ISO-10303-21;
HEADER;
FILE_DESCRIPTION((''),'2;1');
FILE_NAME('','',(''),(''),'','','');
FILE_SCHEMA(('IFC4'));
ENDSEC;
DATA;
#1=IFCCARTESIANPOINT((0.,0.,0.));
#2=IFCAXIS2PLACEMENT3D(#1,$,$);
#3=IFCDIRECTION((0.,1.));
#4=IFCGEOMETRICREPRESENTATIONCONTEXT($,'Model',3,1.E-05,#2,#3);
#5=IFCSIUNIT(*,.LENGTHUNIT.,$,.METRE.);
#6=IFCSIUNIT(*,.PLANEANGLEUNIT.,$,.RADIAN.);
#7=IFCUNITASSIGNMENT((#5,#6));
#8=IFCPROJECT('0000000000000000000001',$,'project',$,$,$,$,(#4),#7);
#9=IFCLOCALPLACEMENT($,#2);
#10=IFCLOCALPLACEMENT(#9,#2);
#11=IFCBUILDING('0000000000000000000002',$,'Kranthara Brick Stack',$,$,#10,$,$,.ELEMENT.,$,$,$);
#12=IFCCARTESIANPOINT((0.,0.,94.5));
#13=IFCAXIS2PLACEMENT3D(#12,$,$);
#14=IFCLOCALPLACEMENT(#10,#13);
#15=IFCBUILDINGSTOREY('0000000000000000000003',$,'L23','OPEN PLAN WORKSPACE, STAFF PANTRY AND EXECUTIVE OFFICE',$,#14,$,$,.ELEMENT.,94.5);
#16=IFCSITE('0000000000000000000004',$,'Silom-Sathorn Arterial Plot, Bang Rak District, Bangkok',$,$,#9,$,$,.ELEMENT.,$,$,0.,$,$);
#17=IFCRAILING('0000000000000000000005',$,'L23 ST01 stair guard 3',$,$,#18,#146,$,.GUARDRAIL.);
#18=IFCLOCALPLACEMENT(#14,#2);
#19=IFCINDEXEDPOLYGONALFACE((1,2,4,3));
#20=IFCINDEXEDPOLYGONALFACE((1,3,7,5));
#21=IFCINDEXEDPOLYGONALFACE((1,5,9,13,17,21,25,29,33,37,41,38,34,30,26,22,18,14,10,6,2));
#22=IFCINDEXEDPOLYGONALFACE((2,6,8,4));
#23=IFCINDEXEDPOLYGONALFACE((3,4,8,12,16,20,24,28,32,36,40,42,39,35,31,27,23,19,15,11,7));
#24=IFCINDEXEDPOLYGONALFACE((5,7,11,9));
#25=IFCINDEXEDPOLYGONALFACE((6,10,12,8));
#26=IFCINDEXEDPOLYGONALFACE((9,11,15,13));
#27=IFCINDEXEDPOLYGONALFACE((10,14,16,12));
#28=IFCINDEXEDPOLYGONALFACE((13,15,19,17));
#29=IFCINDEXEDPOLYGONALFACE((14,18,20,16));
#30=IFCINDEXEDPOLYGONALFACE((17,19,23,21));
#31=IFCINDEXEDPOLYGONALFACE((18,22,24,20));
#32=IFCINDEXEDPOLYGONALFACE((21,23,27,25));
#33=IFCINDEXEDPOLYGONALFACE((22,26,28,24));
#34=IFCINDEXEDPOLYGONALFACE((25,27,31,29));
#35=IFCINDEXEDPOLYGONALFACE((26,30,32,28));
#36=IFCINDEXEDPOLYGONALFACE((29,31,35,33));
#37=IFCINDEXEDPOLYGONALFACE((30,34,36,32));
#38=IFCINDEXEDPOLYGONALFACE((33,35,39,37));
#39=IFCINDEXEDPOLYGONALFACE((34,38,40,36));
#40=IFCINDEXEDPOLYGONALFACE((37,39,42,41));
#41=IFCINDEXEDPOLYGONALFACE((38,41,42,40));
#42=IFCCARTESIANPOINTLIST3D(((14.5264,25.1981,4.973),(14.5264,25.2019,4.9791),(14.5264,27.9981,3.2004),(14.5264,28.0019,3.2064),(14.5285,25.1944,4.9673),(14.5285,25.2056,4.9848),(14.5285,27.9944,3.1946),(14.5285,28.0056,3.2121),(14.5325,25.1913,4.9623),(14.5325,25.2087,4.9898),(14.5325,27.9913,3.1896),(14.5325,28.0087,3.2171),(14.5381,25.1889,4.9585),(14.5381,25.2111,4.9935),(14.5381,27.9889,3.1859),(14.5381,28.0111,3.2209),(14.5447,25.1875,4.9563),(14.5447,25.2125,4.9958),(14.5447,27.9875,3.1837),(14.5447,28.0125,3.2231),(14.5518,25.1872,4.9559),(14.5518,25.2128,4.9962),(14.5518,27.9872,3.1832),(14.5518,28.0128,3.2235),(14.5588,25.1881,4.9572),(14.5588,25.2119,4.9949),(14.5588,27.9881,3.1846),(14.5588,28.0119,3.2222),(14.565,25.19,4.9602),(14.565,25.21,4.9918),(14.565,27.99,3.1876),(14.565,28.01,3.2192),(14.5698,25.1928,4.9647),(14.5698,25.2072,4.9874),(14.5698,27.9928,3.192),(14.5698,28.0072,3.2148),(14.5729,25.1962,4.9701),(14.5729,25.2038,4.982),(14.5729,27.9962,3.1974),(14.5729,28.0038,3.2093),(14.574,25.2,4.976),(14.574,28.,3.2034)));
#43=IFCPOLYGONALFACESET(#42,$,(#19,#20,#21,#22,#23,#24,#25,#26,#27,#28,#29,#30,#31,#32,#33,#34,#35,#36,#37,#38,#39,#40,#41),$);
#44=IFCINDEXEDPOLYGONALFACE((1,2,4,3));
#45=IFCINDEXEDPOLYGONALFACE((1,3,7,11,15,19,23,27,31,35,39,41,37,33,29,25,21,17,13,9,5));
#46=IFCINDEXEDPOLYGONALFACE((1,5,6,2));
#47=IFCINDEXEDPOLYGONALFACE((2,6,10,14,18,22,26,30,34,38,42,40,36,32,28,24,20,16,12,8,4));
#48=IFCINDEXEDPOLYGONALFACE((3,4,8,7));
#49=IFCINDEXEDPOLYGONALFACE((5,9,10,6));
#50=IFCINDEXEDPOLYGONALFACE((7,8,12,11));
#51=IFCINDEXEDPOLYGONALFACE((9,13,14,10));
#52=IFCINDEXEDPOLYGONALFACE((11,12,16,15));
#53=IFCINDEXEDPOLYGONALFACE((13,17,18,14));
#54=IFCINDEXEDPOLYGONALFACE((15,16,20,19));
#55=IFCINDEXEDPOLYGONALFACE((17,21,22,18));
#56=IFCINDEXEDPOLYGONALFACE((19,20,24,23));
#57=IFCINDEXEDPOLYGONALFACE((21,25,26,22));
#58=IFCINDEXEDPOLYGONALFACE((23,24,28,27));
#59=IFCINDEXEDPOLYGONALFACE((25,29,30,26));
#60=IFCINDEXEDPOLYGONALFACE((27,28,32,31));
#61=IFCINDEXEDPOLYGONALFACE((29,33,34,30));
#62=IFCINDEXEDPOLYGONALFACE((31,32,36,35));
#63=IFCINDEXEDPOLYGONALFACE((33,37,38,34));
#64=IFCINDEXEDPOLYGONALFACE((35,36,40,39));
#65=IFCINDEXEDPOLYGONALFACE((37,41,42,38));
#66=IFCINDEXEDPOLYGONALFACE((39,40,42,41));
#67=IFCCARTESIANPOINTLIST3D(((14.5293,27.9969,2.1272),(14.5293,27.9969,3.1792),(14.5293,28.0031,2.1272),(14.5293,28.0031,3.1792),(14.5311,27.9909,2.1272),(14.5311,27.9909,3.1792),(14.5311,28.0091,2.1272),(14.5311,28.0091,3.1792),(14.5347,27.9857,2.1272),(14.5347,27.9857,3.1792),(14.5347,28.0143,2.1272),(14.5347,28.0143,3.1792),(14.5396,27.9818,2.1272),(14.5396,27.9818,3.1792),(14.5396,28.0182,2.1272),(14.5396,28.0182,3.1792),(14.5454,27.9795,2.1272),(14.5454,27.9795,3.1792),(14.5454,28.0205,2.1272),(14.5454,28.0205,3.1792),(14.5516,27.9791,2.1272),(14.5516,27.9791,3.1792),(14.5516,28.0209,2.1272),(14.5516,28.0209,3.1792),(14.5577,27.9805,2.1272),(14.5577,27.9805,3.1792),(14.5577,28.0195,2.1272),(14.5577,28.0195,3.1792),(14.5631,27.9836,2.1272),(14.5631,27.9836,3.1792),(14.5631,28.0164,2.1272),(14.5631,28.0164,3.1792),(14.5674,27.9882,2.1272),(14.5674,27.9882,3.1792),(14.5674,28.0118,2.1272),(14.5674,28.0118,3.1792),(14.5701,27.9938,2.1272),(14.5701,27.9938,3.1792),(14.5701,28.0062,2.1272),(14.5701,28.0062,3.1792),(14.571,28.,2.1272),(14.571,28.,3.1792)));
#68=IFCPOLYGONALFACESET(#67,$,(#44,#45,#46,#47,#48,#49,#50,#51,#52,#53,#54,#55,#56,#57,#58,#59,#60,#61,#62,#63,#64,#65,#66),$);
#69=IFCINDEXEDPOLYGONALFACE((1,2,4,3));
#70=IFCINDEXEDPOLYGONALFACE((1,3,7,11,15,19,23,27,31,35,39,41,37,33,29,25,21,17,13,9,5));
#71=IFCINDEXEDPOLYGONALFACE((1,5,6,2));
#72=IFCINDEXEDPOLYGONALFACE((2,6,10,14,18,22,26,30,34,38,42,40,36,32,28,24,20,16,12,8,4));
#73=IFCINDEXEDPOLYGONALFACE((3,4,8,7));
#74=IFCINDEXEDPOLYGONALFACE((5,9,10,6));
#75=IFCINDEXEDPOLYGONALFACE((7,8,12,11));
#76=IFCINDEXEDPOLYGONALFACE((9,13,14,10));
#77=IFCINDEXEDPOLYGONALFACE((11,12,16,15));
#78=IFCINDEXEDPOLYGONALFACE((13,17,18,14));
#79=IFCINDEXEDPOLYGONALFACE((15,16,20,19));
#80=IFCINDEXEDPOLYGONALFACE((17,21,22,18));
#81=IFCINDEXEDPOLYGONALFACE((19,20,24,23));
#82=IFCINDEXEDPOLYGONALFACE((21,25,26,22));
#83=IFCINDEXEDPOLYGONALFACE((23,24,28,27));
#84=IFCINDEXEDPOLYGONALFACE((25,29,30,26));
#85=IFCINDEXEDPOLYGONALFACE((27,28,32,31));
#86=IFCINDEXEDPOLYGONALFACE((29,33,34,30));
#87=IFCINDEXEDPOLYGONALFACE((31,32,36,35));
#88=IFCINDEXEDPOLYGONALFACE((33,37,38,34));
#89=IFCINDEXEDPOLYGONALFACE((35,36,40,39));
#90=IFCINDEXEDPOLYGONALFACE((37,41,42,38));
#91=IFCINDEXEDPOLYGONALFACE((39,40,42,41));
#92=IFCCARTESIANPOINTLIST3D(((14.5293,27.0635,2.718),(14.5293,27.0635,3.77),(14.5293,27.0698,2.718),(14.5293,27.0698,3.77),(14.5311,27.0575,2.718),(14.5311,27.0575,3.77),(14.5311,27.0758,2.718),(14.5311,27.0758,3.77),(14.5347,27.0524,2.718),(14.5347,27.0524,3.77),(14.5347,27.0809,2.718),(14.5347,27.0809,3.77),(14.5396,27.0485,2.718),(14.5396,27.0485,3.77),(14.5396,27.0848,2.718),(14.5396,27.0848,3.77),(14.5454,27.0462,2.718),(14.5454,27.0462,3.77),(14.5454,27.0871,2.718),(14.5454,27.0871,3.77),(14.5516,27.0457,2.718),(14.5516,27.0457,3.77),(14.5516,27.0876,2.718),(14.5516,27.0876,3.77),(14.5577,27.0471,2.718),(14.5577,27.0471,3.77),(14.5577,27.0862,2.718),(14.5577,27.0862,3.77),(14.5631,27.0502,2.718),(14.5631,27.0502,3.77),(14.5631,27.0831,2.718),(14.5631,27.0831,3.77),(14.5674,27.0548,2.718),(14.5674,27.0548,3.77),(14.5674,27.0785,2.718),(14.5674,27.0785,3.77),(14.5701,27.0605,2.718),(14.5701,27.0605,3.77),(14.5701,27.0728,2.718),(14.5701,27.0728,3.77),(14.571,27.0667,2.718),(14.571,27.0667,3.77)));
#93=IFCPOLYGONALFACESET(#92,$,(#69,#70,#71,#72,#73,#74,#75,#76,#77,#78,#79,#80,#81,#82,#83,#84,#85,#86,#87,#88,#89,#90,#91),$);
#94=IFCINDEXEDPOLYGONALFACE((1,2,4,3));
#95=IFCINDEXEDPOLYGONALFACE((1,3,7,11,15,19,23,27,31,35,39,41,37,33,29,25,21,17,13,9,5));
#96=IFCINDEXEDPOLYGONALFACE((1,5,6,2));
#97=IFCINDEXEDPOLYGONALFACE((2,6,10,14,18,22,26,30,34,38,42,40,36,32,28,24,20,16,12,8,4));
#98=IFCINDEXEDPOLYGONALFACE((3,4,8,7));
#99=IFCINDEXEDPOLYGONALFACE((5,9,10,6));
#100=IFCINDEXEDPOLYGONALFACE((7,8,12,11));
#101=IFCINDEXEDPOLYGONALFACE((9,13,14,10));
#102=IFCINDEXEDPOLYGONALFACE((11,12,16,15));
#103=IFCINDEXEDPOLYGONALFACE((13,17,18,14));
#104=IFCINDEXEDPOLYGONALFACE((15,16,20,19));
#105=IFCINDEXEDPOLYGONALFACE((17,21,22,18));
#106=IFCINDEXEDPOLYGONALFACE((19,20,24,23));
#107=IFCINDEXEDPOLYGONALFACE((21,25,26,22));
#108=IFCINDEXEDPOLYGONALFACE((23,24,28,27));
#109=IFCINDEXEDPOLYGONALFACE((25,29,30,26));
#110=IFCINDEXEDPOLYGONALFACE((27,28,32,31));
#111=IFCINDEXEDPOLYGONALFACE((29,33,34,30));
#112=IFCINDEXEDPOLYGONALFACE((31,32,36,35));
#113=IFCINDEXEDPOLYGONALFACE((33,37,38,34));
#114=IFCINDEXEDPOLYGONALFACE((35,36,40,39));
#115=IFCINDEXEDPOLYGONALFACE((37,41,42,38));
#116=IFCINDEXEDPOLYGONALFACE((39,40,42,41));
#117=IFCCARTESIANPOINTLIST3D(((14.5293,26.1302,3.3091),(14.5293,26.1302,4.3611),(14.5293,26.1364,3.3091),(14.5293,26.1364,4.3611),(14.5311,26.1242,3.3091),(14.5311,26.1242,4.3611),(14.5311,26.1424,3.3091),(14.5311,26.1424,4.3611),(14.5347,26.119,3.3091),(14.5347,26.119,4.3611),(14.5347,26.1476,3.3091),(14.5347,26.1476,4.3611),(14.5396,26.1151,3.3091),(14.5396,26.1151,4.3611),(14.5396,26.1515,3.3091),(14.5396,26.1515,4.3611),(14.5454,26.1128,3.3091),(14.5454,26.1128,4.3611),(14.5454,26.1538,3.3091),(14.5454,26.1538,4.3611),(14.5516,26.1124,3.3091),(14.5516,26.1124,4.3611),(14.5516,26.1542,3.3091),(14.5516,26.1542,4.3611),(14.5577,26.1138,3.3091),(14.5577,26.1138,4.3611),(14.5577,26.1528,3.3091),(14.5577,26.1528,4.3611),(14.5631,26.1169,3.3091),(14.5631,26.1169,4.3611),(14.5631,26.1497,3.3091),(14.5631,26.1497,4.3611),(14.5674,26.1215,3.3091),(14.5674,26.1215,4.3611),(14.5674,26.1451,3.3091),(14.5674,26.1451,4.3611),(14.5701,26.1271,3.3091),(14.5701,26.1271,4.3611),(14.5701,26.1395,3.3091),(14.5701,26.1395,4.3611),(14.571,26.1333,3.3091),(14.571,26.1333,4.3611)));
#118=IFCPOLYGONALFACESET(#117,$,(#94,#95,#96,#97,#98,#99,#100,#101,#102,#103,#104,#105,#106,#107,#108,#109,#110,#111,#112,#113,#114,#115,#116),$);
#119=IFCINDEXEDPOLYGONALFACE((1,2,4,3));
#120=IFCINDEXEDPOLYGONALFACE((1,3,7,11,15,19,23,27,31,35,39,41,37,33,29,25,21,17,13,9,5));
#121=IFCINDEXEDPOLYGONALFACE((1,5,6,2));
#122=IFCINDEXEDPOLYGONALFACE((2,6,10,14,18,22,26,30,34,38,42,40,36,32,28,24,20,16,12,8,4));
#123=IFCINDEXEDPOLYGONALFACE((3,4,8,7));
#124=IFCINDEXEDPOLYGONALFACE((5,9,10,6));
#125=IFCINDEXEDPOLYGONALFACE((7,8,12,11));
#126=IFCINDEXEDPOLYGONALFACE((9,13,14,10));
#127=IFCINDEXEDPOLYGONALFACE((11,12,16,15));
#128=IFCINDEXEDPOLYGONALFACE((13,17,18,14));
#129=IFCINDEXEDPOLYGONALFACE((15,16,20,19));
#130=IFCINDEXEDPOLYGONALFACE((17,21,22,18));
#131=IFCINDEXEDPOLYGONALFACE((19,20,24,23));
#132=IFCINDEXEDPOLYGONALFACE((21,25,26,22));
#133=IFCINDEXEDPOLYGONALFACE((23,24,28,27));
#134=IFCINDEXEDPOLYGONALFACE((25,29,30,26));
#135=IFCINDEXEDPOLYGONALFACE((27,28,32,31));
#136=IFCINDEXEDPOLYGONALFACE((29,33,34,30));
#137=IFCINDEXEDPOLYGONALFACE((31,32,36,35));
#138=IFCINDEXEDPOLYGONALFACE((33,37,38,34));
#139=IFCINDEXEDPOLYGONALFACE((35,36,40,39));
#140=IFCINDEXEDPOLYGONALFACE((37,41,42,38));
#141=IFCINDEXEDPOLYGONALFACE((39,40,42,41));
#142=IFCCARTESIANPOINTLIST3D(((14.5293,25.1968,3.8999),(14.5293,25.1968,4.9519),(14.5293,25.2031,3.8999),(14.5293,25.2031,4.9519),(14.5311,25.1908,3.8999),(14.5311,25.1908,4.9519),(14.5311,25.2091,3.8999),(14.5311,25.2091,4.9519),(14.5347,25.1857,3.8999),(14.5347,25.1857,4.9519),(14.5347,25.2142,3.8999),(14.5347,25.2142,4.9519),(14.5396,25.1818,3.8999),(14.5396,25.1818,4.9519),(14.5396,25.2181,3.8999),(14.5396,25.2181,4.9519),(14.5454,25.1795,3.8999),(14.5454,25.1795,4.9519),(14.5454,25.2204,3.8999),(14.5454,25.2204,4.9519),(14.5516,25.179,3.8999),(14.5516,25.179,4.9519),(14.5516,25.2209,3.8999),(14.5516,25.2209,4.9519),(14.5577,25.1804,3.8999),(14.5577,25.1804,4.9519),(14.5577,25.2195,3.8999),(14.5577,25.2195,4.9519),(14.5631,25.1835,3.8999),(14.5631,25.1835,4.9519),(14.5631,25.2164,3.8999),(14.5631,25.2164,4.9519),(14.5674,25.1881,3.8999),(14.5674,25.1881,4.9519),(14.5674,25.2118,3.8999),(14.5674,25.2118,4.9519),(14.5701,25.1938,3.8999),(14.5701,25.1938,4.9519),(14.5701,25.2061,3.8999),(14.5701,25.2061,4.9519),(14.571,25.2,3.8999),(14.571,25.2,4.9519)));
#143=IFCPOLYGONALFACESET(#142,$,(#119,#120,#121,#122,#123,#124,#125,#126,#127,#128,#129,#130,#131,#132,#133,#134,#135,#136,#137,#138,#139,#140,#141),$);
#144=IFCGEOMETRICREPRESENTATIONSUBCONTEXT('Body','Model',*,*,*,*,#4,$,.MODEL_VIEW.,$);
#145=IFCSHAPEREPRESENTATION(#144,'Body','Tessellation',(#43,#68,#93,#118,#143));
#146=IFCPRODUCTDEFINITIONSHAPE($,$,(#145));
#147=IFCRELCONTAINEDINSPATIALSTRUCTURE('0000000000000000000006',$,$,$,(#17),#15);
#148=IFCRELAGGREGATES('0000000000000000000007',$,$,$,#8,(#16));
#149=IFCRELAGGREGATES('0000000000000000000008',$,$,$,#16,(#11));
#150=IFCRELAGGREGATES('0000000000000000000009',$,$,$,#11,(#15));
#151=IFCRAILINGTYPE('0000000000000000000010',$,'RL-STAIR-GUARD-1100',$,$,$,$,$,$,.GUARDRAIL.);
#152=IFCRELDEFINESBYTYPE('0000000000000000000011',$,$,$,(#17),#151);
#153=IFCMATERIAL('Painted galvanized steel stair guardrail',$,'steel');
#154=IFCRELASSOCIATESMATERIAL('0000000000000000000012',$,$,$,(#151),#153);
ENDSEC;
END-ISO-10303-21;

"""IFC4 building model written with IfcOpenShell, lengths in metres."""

from ifc_helpers import new_model, si_unit, direction, frame, origin, origin_2d, place, context, subcontext, project, spatial, circle, extrude, material, type_object, element, save


model = new_model("IFC4")

# Units and contexts
model_context = context("Model", 3, precision=1e-05, world=origin(), true_north=direction((0.0, 1.0)))
body_context = subcontext(model_context, "Body", "Model", "MODEL_VIEW")
ifc_project = project(units=[si_unit("LENGTHUNIT", "METRE"), si_unit("PLANEANGLEUNIT", "RADIAN")], contexts=[model_context])

# Site, building, storey
site_placement = place(None, origin())
site = spatial("IfcSite", under=ifc_project, at=site_placement, Name="Silom-Sathorn Arterial Plot, Bang Rak District, Bangkok", CompositionType="ELEMENT", RefElevation=0.0)
building_placement = place(site_placement, origin())
building = spatial("IfcBuilding", under=site, at=building_placement, Name="Kranthara Brick Stack", CompositionType="ELEMENT")
storey_placement = place(building_placement, frame((0.0, 0.0, 94.5)))
storey = spatial("IfcBuildingStorey", under=building, at=storey_placement, Name="L23", Description="OPEN PLAN WORKSPACE, STAFF PANTRY AND EXECUTIVE OFFICE", CompositionType="ELEMENT", Elevation=94.5)

# Railing
ifc_material_1 = material(Name="Painted galvanized steel stair guardrail", Category="steel")
railing_type_1 = type_object("IfcRailingType", Name="RL-STAIR-GUARD-1100", PredefinedType="GUARDRAIL", material=ifc_material_1)
railing_1_placement = place(storey_placement, frame((14.55, 28.0, 2.1272)))
element("IfcRailing", 1, at=railing_1_placement, inside=storey, type_object=railing_type_1, Name="L23 ST01 stair guard 3", PredefinedType="GUARDRAIL", context=body_context, shape_type="SweptSolid", body=[
    extrude(circle(Radius=0.0239, at=origin_2d()), frame((0.0, 0.0, 1.0762), z_axis=(0.0, -0.844909, 0.53491), x_axis=(1.0, 0.0, 0.0)), (0.0, 0.0, 1.0), 3.314),
    extrude(circle(Radius=0.021, at=origin_2d()), origin(), (0.0, 0.0, 1.0), 1.052),
    extrude(circle(Radius=0.021, at=origin_2d()), frame((0.0, -0.9333, 0.5908)), (0.0, 0.0, 1.0), 1.052),
    extrude(circle(Radius=0.021, at=origin_2d()), frame((0.0, -1.8667, 1.1819)), (0.0, 0.0, 1.0), 1.052),
    extrude(circle(Radius=0.021, at=origin_2d()), frame((0.0, -2.8, 1.7727)), (0.0, 0.0, 1.0), 1.052),
])

save(model, "model.ifc")
